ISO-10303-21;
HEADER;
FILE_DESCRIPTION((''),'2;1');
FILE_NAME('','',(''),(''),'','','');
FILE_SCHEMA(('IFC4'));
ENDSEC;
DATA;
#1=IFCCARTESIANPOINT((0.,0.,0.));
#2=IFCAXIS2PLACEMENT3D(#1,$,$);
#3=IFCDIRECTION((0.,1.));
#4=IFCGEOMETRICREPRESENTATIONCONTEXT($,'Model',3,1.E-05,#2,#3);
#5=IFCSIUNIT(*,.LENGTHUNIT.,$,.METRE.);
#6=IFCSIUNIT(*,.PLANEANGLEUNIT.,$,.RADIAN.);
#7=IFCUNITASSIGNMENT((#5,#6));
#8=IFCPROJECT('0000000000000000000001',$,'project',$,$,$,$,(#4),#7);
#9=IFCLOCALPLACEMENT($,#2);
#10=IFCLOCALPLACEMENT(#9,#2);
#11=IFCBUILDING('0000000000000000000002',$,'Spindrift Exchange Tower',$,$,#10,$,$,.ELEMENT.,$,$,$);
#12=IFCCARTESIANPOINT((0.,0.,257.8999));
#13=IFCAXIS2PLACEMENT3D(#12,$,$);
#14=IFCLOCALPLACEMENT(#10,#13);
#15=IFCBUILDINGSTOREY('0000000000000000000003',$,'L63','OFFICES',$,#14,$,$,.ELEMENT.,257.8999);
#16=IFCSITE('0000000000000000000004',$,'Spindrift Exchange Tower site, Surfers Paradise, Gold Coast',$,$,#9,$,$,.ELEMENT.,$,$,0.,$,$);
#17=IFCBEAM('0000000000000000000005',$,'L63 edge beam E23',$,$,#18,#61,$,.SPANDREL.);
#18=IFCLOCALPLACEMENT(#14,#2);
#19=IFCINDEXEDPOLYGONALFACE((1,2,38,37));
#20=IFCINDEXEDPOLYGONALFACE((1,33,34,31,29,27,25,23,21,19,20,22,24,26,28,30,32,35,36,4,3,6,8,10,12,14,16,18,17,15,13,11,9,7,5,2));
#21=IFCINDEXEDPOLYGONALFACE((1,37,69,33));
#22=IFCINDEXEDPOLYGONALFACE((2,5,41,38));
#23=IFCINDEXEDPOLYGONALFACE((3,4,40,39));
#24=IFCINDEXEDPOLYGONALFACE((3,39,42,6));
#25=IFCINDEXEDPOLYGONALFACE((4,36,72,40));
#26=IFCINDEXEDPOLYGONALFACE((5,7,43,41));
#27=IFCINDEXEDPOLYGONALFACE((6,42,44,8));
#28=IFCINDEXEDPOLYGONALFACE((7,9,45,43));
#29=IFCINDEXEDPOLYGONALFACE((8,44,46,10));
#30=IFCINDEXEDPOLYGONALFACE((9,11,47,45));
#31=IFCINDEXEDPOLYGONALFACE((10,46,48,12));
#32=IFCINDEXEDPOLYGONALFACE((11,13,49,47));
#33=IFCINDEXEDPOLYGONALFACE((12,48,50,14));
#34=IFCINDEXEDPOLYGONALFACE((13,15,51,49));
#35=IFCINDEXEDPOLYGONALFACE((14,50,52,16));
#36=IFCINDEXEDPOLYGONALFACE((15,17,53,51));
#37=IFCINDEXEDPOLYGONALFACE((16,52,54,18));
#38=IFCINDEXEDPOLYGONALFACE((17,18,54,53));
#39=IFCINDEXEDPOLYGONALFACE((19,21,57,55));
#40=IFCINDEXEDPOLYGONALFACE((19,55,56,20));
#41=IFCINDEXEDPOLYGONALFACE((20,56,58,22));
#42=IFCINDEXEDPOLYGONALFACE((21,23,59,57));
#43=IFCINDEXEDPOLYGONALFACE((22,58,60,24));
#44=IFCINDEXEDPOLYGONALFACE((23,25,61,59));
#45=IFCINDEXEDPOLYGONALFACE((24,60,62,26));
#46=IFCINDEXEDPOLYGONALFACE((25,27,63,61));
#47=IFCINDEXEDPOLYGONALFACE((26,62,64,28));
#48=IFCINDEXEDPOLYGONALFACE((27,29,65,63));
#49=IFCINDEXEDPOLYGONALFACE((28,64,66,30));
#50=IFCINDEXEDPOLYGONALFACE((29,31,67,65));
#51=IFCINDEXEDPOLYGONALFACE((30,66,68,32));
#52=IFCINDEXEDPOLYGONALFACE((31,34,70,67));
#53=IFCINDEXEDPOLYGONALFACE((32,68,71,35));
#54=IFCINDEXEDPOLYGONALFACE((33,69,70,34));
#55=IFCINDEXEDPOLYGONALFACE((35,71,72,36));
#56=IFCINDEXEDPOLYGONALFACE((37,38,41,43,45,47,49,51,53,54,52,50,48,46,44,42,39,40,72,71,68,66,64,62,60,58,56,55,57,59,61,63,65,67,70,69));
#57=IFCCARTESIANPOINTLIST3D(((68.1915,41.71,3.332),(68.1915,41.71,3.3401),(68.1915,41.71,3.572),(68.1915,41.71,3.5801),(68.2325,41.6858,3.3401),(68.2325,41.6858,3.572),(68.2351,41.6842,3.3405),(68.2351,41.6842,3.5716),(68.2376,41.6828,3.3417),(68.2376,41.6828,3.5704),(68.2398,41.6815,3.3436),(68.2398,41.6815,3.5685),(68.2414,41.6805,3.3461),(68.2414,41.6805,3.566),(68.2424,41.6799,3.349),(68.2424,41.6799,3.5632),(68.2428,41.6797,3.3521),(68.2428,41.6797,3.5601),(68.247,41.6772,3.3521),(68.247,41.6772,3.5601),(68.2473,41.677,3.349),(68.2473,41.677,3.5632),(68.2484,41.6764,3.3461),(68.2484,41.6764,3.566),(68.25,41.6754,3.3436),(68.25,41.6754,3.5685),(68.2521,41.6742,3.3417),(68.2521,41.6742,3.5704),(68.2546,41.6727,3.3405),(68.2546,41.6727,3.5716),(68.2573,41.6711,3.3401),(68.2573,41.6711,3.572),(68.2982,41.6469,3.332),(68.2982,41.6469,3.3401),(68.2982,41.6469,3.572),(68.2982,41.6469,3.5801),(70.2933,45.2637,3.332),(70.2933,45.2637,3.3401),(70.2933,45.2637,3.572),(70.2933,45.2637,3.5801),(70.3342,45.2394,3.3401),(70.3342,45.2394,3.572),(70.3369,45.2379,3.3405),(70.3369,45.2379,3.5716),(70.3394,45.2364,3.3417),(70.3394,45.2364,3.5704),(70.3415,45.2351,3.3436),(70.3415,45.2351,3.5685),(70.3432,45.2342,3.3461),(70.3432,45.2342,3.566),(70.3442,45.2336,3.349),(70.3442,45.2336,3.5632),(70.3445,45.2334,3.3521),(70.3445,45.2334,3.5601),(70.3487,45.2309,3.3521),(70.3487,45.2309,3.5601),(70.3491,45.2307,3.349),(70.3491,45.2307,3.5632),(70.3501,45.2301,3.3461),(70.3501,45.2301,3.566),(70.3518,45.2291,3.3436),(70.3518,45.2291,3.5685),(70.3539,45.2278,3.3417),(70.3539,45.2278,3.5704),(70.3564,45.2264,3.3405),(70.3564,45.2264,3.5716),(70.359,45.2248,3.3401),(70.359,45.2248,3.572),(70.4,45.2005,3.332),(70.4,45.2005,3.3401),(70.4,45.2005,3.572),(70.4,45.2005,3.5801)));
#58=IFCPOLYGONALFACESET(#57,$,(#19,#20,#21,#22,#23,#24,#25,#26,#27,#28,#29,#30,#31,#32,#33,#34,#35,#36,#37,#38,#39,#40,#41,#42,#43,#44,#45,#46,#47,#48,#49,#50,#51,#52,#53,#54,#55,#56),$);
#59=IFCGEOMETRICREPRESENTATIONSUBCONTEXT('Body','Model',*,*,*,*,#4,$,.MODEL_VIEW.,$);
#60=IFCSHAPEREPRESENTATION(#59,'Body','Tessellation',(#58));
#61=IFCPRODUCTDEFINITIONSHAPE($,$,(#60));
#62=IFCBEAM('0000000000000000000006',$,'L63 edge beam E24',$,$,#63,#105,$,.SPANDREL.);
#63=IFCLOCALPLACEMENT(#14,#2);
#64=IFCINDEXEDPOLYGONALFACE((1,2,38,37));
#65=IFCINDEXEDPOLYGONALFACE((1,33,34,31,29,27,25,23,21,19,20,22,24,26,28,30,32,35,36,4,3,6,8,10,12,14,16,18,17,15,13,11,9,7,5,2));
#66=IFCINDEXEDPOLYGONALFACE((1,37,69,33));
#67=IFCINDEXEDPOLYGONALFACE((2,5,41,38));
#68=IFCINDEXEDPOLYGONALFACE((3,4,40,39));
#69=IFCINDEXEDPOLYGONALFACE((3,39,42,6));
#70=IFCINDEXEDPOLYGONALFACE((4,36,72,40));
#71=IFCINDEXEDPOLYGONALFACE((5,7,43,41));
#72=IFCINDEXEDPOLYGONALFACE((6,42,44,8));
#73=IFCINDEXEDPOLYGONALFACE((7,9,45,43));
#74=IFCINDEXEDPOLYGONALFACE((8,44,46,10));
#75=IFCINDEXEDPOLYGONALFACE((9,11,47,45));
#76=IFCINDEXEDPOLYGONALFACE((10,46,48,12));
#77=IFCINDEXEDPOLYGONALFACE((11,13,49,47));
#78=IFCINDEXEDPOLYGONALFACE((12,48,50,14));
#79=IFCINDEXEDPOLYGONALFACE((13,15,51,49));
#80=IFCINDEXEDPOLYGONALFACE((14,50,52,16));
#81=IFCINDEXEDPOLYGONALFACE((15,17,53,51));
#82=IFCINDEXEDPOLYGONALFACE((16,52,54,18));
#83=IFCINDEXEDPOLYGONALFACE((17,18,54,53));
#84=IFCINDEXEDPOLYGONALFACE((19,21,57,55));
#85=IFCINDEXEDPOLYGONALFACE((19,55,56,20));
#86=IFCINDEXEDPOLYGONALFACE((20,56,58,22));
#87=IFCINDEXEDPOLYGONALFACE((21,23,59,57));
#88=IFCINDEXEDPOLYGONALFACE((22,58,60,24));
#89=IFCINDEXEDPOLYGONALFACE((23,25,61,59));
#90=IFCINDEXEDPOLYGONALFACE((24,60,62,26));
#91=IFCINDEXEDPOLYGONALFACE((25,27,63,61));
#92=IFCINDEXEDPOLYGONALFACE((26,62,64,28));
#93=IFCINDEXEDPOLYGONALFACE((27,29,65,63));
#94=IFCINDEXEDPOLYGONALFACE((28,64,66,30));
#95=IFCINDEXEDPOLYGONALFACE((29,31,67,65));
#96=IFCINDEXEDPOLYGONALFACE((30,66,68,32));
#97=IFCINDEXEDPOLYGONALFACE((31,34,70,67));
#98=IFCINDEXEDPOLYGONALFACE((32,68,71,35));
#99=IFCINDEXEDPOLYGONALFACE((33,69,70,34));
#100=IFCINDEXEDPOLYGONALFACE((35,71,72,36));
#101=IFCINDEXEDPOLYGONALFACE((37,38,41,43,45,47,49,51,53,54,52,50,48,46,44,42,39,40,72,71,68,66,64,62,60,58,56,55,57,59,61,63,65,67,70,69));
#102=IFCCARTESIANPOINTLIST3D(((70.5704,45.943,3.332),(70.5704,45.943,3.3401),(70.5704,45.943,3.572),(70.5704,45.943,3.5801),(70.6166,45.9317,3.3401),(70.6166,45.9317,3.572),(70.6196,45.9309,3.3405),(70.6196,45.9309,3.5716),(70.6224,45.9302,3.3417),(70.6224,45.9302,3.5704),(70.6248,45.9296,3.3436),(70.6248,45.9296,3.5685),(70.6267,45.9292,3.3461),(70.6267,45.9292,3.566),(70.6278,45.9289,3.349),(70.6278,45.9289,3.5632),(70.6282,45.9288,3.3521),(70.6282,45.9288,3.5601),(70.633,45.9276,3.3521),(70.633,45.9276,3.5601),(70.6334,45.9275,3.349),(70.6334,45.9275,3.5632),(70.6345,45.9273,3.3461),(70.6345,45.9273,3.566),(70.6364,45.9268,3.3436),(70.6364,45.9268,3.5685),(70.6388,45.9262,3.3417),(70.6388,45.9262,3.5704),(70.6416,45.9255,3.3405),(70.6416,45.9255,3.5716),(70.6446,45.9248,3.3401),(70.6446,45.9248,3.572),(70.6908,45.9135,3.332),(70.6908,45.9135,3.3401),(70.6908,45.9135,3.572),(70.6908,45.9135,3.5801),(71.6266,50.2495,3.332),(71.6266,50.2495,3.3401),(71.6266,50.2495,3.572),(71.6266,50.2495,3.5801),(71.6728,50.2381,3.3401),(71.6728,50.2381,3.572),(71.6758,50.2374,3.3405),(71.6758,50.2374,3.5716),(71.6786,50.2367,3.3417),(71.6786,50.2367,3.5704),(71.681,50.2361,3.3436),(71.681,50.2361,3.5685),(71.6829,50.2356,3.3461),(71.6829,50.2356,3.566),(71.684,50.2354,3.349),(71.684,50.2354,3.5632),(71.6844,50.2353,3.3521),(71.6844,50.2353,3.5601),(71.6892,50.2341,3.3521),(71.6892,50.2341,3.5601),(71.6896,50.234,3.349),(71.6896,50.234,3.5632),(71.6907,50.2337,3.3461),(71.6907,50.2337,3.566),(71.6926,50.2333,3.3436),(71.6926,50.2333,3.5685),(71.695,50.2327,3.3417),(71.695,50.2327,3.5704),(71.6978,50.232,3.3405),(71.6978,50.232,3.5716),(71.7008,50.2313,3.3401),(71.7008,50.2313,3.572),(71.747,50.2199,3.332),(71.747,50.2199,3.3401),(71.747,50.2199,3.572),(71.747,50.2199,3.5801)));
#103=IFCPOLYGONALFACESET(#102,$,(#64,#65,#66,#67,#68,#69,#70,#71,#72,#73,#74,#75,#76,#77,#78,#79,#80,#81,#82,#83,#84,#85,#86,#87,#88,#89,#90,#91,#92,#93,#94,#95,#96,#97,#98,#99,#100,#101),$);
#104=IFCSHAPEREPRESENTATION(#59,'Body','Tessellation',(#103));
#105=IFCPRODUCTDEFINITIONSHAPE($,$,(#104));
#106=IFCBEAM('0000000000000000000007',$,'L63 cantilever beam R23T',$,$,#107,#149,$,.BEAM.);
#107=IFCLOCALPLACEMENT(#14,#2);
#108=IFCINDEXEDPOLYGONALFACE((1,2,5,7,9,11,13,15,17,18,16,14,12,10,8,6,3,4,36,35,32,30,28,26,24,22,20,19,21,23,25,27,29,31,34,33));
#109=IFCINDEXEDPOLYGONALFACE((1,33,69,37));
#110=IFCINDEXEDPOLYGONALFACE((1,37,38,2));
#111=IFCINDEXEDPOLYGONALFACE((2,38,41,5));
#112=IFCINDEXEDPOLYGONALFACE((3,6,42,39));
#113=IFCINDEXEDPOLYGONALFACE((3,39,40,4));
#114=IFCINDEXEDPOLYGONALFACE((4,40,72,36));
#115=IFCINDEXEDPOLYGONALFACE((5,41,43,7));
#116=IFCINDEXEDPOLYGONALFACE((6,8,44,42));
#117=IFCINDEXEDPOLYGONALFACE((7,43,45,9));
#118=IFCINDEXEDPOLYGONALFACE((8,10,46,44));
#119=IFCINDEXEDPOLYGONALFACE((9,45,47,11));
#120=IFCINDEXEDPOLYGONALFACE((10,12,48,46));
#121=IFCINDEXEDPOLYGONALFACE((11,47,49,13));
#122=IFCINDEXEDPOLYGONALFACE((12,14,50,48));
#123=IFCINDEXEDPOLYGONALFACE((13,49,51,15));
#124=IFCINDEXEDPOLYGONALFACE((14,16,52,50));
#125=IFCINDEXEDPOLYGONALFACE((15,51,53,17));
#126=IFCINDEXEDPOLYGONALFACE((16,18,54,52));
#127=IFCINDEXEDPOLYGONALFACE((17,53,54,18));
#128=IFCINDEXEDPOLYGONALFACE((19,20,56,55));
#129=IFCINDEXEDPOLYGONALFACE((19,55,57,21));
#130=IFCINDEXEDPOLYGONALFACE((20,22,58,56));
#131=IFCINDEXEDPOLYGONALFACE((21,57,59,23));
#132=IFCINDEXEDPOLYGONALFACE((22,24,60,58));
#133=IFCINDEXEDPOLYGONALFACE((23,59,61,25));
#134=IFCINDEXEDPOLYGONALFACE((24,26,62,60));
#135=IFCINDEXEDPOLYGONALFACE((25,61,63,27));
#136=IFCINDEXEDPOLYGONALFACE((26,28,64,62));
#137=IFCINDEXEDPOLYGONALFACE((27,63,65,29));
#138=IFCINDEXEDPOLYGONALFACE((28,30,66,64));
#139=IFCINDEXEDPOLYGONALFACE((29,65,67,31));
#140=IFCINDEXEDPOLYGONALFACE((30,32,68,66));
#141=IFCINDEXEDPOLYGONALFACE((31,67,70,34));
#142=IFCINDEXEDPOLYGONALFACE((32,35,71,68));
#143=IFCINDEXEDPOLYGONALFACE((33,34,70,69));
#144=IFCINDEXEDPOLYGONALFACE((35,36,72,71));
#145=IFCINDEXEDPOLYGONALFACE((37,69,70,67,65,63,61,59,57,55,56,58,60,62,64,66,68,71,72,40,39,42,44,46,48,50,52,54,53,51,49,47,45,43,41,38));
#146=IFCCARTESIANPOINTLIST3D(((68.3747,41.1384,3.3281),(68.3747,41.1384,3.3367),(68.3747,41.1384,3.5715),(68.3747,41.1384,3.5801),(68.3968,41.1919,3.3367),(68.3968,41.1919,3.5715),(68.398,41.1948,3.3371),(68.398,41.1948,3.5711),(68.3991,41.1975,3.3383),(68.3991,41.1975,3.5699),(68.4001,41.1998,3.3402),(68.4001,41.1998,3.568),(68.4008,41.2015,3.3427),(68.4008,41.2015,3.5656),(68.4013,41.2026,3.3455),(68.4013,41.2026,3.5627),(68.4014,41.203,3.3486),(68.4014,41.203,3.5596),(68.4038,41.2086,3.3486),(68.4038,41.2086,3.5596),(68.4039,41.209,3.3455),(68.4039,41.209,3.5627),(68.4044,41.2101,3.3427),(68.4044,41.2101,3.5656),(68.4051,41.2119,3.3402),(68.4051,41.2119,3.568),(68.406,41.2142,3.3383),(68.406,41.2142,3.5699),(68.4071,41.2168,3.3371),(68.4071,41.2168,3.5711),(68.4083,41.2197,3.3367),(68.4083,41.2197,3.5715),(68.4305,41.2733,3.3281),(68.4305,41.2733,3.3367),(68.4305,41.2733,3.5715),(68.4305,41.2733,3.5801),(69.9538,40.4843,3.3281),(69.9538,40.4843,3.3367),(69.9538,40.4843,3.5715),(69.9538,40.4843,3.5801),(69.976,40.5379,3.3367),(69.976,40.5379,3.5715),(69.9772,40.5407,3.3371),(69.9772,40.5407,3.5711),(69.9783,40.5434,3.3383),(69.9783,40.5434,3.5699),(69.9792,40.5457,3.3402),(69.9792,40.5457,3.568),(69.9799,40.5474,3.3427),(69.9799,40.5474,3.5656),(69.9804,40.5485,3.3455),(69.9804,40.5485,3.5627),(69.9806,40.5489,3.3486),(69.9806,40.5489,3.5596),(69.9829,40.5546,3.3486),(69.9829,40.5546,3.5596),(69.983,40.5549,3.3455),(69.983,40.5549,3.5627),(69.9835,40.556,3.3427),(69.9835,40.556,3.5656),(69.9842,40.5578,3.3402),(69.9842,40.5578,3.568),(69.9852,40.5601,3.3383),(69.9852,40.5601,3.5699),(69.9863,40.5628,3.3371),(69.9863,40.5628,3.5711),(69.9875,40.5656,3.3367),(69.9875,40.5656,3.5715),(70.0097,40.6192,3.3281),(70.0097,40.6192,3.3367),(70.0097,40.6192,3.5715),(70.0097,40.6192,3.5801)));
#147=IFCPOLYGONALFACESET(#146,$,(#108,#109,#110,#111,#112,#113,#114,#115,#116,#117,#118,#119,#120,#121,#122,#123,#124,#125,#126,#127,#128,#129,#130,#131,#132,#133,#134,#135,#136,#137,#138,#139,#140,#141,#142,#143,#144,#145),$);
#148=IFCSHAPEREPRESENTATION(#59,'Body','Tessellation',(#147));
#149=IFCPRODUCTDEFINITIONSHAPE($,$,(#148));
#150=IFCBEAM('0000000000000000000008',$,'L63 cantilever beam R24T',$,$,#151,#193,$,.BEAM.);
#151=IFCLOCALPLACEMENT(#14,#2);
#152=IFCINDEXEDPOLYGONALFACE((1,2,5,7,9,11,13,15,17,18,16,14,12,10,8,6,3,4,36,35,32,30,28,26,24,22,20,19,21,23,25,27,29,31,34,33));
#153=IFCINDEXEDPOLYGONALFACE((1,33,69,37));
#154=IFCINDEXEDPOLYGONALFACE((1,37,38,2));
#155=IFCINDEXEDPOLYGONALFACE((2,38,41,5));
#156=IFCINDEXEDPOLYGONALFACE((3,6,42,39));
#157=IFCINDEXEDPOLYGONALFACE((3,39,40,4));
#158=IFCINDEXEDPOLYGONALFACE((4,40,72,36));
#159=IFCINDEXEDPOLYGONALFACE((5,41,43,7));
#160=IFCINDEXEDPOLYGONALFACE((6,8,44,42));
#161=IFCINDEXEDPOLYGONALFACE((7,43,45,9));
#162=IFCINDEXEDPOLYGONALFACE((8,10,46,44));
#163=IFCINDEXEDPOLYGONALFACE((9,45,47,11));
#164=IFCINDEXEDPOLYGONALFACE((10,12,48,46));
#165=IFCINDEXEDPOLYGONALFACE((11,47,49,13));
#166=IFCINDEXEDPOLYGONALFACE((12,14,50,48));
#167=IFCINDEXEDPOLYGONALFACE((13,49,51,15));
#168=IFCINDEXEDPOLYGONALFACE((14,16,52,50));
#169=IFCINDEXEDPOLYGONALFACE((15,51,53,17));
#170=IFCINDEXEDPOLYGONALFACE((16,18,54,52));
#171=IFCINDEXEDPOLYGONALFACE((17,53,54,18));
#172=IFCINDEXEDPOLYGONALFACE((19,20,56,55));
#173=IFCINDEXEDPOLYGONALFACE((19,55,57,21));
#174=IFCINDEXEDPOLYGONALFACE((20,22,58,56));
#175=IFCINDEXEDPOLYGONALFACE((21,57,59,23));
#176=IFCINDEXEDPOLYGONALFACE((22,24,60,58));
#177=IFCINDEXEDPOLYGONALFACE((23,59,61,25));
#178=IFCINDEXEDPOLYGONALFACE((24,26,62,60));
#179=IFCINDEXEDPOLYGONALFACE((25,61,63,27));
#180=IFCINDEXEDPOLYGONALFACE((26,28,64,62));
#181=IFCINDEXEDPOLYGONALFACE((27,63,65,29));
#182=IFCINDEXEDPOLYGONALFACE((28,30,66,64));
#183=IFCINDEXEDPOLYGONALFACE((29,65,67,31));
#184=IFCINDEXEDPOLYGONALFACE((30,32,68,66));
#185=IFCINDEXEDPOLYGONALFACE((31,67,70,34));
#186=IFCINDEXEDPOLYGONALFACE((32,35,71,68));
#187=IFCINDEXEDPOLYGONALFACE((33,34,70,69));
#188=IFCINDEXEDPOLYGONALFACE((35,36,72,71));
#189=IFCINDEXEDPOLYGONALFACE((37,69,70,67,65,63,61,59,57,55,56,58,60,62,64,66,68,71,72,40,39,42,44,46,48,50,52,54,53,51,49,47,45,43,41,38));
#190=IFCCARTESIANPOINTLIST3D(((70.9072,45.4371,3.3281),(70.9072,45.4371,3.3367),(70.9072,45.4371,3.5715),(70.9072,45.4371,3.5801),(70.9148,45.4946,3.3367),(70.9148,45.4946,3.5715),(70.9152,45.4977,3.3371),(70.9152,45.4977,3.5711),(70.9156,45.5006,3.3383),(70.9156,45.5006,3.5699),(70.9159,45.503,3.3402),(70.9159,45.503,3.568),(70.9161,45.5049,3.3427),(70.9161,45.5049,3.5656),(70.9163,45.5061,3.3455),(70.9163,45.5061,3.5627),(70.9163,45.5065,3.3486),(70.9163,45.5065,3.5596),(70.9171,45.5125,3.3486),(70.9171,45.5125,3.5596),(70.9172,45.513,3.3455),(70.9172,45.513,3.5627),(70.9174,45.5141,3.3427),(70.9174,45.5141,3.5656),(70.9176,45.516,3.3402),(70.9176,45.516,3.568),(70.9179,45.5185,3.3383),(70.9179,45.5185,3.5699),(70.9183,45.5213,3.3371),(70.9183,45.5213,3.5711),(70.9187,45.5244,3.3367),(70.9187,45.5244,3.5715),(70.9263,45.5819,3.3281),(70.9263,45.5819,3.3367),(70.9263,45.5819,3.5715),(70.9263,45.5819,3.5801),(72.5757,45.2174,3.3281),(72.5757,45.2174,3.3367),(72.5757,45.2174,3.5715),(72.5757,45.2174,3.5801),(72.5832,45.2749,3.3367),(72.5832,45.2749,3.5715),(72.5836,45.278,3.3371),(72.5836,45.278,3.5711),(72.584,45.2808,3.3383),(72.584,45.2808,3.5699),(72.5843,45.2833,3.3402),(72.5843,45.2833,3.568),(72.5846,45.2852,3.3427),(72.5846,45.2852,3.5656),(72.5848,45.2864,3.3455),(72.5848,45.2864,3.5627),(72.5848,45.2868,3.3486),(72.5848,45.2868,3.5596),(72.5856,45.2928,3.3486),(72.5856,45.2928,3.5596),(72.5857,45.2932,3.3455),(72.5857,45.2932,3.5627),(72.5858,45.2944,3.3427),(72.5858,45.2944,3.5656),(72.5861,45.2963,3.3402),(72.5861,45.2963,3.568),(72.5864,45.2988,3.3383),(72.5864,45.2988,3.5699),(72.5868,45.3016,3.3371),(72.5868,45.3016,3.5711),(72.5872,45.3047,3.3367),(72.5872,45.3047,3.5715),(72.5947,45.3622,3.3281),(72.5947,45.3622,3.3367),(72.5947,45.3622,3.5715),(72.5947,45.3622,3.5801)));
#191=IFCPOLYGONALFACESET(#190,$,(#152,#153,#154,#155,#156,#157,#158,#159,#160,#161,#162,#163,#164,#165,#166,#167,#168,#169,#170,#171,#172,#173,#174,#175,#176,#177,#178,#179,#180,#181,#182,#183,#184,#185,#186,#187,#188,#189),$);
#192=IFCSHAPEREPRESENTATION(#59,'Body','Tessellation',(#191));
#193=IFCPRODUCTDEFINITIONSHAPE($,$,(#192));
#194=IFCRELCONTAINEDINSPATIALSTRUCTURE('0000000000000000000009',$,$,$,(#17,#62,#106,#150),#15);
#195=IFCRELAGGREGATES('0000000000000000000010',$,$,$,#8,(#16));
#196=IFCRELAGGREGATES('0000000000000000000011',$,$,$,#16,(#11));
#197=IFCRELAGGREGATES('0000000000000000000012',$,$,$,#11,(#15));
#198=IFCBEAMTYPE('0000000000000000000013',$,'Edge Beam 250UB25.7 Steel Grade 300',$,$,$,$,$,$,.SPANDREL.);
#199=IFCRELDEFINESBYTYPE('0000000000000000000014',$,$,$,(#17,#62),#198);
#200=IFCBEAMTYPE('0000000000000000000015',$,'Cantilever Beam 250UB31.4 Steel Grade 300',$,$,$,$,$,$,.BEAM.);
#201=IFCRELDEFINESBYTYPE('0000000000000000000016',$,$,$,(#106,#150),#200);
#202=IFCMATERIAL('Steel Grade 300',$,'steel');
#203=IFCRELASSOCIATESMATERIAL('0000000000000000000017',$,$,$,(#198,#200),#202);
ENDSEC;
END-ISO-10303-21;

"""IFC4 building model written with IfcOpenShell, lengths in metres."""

from ifc_helpers import new_model, si_unit, direction, frame, origin, origin_2d, place, context, subcontext, project, spatial, i_section, extrude, source, transform, mapped, material, material_profile, profile_set, type_object, element, save


model = new_model("IFC4")

# Units and contexts
model_context = context("Model", 3, precision=1e-05, world=origin(), true_north=direction((0.0, 1.0)))
body_context = subcontext(model_context, "Body", "Model", "MODEL_VIEW")
ifc_project = project(units=[si_unit("LENGTHUNIT", "METRE"), si_unit("PLANEANGLEUNIT", "RADIAN")], contexts=[model_context])

# Site, building, storey
site_placement = place(None, origin())
site = spatial("IfcSite", under=ifc_project, at=site_placement, Name="Spindrift Exchange Tower site, Surfers Paradise, Gold Coast", CompositionType="ELEMENT", RefElevation=0.0)
building_placement = place(site_placement, origin())
building = spatial("IfcBuilding", under=site, at=building_placement, Name="Spindrift Exchange Tower", CompositionType="ELEMENT")
storey_placement = place(building_placement, frame((0.0, 0.0, 257.8999)))
storey = spatial("IfcBuildingStorey", under=building, at=storey_placement, Name="L63", Description="OFFICES", CompositionType="ELEMENT", Elevation=257.8999)

# Beams
ifc_material_1 = material(Name="Steel Grade 300", Category="steel")
ifc_material_profile_1 = material_profile(ifc_material_1, i_section(OverallWidth=0.124, OverallDepth=0.248, WebThickness=0.0049, FlangeThickness=0.0081, FilletRadius=0.012, at=origin_2d()), Name="250UB25.7")
ifc_profile_set_1 = profile_set([ifc_material_profile_1], Name="Steel Grade 300")
beam_type_1 = type_object("IfcBeamType", Name="Edge Beam 250UB25.7 Steel Grade 300", PredefinedType="SPANDREL", material=ifc_profile_set_1)
shared_shape_1 = source(origin(), body_context, "Body", "SweptSolid", [
    extrude(i_section(OverallWidth=0.124, OverallDepth=0.248, WebThickness=0.0049, FlangeThickness=0.0081, FilletRadius=0.012, at=origin_2d()), origin(), (0.0, 0.0, 1.0), 4.1287),
])
beam_1_placement = place(storey_placement, frame((68.2449, 41.6785, 3.4561), z_axis=(0.509068, 0.860726, 0.0), x_axis=(-0.860726, 0.509068, 0.0)))
element("IfcBeam", 1, at=beam_1_placement, inside=storey, type_object=beam_type_1, Name="L63 edge beam E23", PredefinedType="SPANDREL", context=body_context, shape_type="MappedRepresentation", body=[
    mapped(shared_shape_1, transform((0.0, 0.0, 0.0), scale=1.0)),
])
shared_shape_2 = source(origin(), body_context, "Body", "SweptSolid", [
    extrude(i_section(OverallWidth=0.124, OverallDepth=0.248, WebThickness=0.0049, FlangeThickness=0.0081, FilletRadius=0.012, at=origin_2d()), origin(), (0.0, 0.0, 1.0), 4.4341),
])
beam_2_placement = place(storey_placement, frame((70.6306, 45.9282, 3.4561), z_axis=(0.238193, 0.971218, 0.0), x_axis=(-0.971218, 0.238193, 0.0)))
element("IfcBeam", 2, at=beam_2_placement, inside=storey, type_object=beam_type_1, Name="L63 edge beam E24", PredefinedType="SPANDREL", context=body_context, shape_type="MappedRepresentation", body=[
    mapped(shared_shape_2, transform((0.0, 0.0, 0.0), scale=1.0)),
])
ifc_material_profile_2 = material_profile(ifc_material_1, i_section(OverallWidth=0.146, OverallDepth=0.252, WebThickness=0.0061, FlangeThickness=0.0085, FilletRadius=0.012, at=origin_2d()), Name="250UB31.4")
ifc_profile_set_2 = profile_set([ifc_material_profile_2], Name="Steel Grade 300")
beam_type_2 = type_object("IfcBeamType", Name="Cantilever Beam 250UB31.4 Steel Grade 300", PredefinedType="BEAM", material=ifc_profile_set_2)
shared_shape_3 = source(origin(), body_context, "Body", "SweptSolid", [
    extrude(i_section(OverallWidth=0.146, OverallDepth=0.252, WebThickness=0.0061, FlangeThickness=0.0085, FilletRadius=0.012, at=origin_2d()), origin(), (0.0, 0.0, 1.0), 1.7092),
])
beam_3_placement = place(storey_placement, frame((68.4026, 41.2058, 3.4541), z_axis=(0.923886, -0.382667, 0.0), x_axis=(0.382667, 0.923886, 0.0)))
element("IfcBeam", 3, at=beam_3_placement, inside=storey, type_object=beam_type_2, Name="L63 cantilever beam R23T", PredefinedType="BEAM", context=body_context, shape_type="MappedRepresentation", body=[
    mapped(shared_shape_3, transform((0.0, 0.0, 0.0), scale=1.0)),
])
shared_shape_4 = source(origin(), body_context, "Body", "SweptSolid", [
    extrude(i_section(OverallWidth=0.146, OverallDepth=0.252, WebThickness=0.0061, FlangeThickness=0.0085, FilletRadius=0.012, at=origin_2d()), origin(), (0.0, 0.0, 1.0), 1.6829),
])
beam_4_placement = place(storey_placement, frame((70.9167, 45.5095, 3.4541), z_axis=(0.991439, -0.130567, 0.0), x_axis=(0.130567, 0.991439, 0.0)))
element("IfcBeam", 4, at=beam_4_placement, inside=storey, type_object=beam_type_2, Name="L63 cantilever beam R24T", PredefinedType="BEAM", context=body_context, shape_type="MappedRepresentation", body=[
    mapped(shared_shape_4, transform((0.0, 0.0, 0.0), scale=1.0)),
])

save(model, "model.ifc")
